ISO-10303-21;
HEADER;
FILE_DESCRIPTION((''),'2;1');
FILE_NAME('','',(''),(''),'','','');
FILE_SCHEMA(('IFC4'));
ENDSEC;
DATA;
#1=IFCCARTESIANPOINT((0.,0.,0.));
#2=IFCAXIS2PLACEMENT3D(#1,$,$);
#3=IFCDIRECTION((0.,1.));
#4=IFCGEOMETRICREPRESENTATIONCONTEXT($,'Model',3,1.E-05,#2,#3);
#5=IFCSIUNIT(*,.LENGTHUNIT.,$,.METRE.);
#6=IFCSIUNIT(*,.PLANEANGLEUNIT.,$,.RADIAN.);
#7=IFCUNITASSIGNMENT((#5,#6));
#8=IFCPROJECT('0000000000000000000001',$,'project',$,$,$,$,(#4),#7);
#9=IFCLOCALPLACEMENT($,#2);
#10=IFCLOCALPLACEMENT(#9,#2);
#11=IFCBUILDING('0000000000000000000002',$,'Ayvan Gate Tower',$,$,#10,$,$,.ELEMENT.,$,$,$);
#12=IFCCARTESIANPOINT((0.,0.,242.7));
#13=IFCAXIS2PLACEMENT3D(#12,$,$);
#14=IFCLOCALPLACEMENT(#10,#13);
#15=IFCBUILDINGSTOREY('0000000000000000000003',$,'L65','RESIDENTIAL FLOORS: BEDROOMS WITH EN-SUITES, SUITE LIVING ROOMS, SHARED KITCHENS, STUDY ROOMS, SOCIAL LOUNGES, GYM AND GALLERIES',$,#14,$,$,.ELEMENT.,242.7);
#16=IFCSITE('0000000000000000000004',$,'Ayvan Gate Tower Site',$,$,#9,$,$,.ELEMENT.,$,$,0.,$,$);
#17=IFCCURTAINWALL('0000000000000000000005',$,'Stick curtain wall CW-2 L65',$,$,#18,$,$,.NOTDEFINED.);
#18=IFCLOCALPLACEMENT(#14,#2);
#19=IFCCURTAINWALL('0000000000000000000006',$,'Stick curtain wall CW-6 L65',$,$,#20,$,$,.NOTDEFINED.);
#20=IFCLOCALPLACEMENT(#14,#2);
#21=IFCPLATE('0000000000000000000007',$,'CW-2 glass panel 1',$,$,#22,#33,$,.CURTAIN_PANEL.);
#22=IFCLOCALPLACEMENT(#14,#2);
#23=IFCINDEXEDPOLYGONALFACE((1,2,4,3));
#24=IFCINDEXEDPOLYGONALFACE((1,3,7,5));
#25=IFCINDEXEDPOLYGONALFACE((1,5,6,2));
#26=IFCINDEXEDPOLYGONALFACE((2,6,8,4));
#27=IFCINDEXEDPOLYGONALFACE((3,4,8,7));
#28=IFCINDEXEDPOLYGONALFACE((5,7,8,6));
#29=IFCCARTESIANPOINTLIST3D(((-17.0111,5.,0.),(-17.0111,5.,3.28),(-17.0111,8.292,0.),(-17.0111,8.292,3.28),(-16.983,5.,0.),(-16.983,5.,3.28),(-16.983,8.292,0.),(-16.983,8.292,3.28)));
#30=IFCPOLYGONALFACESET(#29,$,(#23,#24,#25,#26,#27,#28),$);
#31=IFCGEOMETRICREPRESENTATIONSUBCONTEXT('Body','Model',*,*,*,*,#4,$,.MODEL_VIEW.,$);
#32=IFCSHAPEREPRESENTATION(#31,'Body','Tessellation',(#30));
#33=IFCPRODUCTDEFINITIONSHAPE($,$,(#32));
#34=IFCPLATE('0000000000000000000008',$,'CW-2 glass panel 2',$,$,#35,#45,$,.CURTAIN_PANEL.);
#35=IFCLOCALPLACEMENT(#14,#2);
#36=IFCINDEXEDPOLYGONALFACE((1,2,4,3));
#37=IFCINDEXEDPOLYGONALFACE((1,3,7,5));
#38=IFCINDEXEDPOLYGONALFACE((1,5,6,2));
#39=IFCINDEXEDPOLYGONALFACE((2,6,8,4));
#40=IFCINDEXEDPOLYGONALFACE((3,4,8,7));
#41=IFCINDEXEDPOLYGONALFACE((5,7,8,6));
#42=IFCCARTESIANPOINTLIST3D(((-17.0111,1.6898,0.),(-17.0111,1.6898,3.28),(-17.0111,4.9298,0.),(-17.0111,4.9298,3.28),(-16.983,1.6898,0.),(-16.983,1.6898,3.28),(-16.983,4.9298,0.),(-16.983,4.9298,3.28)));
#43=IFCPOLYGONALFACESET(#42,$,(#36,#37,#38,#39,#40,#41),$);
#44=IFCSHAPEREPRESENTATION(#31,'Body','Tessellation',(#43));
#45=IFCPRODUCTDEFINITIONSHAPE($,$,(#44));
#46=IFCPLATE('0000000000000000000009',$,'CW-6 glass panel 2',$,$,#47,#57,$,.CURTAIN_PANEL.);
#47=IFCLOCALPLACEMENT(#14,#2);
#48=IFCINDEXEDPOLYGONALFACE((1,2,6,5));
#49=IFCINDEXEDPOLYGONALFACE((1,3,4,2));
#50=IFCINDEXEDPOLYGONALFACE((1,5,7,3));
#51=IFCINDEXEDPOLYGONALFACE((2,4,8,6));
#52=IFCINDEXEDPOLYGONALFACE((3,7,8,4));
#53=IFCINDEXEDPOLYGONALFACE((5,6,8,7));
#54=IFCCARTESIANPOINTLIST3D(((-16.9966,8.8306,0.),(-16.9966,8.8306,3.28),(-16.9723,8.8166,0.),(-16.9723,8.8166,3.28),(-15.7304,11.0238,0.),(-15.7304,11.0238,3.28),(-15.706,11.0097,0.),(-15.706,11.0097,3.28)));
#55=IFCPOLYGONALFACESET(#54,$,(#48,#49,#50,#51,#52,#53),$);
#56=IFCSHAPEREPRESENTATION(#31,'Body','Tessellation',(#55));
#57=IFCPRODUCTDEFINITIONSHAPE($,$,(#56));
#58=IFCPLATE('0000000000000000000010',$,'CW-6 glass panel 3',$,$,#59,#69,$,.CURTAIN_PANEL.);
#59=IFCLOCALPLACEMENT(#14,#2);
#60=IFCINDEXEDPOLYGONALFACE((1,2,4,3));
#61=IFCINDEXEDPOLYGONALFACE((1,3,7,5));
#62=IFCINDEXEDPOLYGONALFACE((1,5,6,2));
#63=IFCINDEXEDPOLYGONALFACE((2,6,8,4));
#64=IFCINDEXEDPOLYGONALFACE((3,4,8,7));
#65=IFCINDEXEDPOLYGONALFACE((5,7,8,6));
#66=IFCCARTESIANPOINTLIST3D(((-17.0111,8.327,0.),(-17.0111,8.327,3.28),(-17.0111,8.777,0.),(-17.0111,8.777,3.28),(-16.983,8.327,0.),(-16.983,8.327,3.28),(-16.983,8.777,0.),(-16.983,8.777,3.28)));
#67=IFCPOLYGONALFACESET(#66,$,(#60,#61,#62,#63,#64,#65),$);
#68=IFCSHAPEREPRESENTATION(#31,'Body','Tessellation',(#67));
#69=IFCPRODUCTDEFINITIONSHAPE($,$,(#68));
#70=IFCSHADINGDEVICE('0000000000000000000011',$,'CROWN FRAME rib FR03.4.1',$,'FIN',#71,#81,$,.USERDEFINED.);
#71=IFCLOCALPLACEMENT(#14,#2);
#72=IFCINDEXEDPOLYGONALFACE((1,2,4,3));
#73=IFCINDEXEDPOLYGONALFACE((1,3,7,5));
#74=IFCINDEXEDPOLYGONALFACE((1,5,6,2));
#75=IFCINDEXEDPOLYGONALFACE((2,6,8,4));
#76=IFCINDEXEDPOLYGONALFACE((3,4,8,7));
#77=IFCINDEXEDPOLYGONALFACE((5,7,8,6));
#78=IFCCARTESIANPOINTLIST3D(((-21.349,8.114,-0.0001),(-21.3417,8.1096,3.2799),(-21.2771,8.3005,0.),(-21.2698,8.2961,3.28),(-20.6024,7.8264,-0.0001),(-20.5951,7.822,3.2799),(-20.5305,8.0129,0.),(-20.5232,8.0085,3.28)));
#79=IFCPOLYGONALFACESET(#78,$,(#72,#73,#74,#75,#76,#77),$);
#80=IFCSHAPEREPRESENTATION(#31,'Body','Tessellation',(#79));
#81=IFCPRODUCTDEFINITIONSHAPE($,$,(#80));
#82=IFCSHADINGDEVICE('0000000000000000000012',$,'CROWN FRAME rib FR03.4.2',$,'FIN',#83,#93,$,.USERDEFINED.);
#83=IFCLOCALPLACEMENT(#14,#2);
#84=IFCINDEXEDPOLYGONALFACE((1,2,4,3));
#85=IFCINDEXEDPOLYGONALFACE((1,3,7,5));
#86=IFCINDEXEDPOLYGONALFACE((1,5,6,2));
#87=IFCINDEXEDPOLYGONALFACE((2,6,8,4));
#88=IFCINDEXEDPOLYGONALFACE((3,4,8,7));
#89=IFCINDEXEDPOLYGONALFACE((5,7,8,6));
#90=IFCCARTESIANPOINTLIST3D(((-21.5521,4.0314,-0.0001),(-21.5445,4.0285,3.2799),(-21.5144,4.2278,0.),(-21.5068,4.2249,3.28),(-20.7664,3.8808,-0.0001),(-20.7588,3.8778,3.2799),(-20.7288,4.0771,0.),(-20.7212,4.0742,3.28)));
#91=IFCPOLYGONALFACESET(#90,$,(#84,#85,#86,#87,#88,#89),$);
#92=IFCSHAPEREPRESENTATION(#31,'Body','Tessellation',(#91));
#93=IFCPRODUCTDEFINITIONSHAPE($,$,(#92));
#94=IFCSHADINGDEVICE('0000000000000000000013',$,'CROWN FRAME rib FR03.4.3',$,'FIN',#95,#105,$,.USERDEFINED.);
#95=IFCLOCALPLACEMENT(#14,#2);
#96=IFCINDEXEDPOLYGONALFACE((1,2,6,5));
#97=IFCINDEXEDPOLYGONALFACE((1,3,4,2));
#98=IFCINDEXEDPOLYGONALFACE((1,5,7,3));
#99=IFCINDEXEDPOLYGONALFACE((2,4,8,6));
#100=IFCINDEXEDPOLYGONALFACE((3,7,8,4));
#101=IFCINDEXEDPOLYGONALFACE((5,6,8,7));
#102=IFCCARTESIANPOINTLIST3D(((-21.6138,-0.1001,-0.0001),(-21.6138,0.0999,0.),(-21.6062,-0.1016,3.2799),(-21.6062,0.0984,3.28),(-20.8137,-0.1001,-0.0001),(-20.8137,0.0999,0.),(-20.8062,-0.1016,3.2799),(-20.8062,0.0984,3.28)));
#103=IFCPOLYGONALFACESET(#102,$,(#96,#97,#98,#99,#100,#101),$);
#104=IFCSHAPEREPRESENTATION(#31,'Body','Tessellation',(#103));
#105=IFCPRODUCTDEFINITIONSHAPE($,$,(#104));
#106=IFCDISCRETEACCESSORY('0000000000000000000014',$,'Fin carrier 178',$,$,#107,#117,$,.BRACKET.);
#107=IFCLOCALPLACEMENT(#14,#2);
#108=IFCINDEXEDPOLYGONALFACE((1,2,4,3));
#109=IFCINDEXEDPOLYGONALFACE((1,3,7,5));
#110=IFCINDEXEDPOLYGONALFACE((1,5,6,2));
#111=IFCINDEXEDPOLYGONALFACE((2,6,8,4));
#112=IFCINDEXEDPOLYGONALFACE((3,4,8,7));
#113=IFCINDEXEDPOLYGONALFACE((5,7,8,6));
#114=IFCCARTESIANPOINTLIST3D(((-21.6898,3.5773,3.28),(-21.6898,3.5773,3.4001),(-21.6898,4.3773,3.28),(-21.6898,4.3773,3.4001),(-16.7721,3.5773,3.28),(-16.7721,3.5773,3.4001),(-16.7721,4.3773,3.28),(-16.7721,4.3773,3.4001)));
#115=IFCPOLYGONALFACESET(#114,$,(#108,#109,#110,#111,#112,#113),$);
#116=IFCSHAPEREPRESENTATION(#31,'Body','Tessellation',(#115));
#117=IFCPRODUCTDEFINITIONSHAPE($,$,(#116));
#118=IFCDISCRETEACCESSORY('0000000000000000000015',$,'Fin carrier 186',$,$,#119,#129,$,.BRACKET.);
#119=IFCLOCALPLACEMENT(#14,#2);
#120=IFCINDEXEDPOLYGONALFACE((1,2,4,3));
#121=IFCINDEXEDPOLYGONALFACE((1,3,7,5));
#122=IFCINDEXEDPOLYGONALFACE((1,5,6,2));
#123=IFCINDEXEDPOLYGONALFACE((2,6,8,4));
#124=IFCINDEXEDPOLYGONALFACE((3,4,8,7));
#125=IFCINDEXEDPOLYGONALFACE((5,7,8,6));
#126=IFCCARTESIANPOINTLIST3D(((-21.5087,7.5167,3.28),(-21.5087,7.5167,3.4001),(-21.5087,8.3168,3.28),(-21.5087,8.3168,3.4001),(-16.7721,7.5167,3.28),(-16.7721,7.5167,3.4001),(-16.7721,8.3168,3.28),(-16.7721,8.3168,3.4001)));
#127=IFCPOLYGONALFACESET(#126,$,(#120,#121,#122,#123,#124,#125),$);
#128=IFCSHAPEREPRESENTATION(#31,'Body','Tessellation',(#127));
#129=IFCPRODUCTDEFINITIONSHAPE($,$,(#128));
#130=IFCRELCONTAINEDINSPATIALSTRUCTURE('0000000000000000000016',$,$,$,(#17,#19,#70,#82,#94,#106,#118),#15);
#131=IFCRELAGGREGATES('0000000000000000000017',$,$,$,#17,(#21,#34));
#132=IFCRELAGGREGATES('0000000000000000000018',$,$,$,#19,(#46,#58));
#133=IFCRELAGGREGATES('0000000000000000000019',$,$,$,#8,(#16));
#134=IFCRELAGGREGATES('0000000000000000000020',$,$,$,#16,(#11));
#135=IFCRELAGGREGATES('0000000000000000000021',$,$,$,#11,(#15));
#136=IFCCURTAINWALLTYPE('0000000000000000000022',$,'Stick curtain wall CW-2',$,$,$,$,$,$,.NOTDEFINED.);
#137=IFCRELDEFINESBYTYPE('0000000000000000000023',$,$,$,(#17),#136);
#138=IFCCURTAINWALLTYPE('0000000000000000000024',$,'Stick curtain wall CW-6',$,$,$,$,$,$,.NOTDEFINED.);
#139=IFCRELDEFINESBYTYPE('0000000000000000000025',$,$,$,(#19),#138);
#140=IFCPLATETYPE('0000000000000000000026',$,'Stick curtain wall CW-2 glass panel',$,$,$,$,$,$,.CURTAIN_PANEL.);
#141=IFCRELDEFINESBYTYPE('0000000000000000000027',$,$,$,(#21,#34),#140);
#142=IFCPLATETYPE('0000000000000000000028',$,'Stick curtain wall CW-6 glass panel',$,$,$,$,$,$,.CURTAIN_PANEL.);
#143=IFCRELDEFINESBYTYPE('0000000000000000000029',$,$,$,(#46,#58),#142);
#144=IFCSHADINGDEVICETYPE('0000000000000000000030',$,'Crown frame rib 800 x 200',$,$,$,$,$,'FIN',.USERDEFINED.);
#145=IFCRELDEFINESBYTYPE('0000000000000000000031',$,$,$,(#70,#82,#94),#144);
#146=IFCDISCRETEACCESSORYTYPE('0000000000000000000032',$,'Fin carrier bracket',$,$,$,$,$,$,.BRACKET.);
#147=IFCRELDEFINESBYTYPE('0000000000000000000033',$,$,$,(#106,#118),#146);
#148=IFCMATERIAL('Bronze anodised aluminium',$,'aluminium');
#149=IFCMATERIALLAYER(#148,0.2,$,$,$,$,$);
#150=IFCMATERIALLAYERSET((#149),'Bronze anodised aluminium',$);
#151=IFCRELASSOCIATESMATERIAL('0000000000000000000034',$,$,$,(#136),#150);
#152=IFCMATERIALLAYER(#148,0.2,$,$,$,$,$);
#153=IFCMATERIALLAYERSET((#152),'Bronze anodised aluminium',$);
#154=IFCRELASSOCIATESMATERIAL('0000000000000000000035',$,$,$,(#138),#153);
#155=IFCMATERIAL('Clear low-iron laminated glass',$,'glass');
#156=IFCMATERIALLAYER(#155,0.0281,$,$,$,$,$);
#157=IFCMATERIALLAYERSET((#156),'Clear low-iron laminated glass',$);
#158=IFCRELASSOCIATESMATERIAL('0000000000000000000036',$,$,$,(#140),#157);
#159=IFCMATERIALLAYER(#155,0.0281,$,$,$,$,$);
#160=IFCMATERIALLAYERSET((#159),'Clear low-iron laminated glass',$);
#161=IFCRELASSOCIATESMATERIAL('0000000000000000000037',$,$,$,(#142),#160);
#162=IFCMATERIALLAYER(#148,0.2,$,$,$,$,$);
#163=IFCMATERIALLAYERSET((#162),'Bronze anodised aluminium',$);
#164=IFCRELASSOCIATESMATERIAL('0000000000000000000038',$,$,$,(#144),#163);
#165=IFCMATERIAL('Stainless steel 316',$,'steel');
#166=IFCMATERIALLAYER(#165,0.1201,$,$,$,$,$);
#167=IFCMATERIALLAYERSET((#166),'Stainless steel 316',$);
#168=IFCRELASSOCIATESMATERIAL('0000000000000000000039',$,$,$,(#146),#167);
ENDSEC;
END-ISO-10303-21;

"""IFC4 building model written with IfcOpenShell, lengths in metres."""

from ifc_helpers import new_model, si_unit, direction, frame, origin, origin_2d, place, context, subcontext, project, spatial, polyline, rectangle, outline, extrude, material, layer, layer_set, type_object, element, aggregate, save


model = new_model("IFC4")

# Units and contexts
model_context = context("Model", 3, precision=1e-05, world=origin(), true_north=direction((0.0, 1.0)))
body_context = subcontext(model_context, "Body", "Model", "MODEL_VIEW")
ifc_project = project(units=[si_unit("LENGTHUNIT", "METRE"), si_unit("PLANEANGLEUNIT", "RADIAN")], contexts=[model_context])

# Site, building, storey
site_placement = place(None, origin())
site = spatial("IfcSite", under=ifc_project, at=site_placement, Name="Ayvan Gate Tower Site", CompositionType="ELEMENT", RefElevation=0.0)
building_placement = place(site_placement, origin())
building = spatial("IfcBuilding", under=site, at=building_placement, Name="Ayvan Gate Tower", CompositionType="ELEMENT")
storey_placement = place(building_placement, frame((0.0, 0.0, 242.7)))
storey = spatial("IfcBuildingStorey", under=building, at=storey_placement, Name="L65", Description="RESIDENTIAL FLOORS: BEDROOMS WITH EN-SUITES, SUITE LIVING ROOMS, SHARED KITCHENS, STUDY ROOMS, SOCIAL LOUNGES, GYM AND GALLERIES", CompositionType="ELEMENT", Elevation=242.7)

# Curtain walls
ifc_material_1 = material(Name="Bronze anodised aluminium", Category="aluminium")
ifc_layer_1 = layer(ifc_material_1, 0.2)
ifc_layer_set_1 = layer_set([ifc_layer_1], Name="Bronze anodised aluminium")
curtain_wall_type_1 = type_object("IfcCurtainWallType", Name="Stick curtain wall CW-2", PredefinedType="NOTDEFINED", material=ifc_layer_set_1)
curtain_wall_1_placement = place(storey_placement, origin())
curtain_wall_1 = element("IfcCurtainWall", 1, at=curtain_wall_1_placement, inside=storey, type_object=curtain_wall_type_1, Name="Stick curtain wall CW-2 L65", PredefinedType="NOTDEFINED")
ifc_layer_2 = layer(ifc_material_1, 0.2)
ifc_layer_set_2 = layer_set([ifc_layer_2], Name="Bronze anodised aluminium")
curtain_wall_type_2 = type_object("IfcCurtainWallType", Name="Stick curtain wall CW-6", PredefinedType="NOTDEFINED", material=ifc_layer_set_2)
curtain_wall_2_placement = place(storey_placement, origin())
curtain_wall_2 = element("IfcCurtainWall", 2, at=curtain_wall_2_placement, inside=storey, type_object=curtain_wall_type_2, Name="Stick curtain wall CW-6 L65", PredefinedType="NOTDEFINED")

# Plates
ifc_material_2 = material(Name="Clear low-iron laminated glass", Category="glass")
ifc_layer_3 = layer(ifc_material_2, 0.0281)
ifc_layer_set_3 = layer_set([ifc_layer_3], Name="Clear low-iron laminated glass")
plate_type_1 = type_object("IfcPlateType", Name="Stick curtain wall CW-2 glass panel", PredefinedType="CURTAIN_PANEL", material=ifc_layer_set_3)
plate_1_placement = place(storey_placement, frame((-16.9971, 6.646, 0.0), z_axis=(0.0, 0.0, 1.0), x_axis=(0.0, -1.0, 0.0)))
plate_1 = element("IfcPlate", 3, at=plate_1_placement, type_object=plate_type_1, Name="CW-2 glass panel 1", PredefinedType="CURTAIN_PANEL", context=body_context, shape_type="SweptSolid", body=[
    extrude(rectangle(XDim=3.292, YDim=0.0281, at=origin_2d()), origin(), (0.0, 0.0, 1.0), 3.28),
])
plate_2_placement = place(storey_placement, frame((-16.9971, 3.3098, 0.0), z_axis=(0.0, 0.0, 1.0), x_axis=(0.0, -1.0, 0.0)))
plate_2 = element("IfcPlate", 4, at=plate_2_placement, type_object=plate_type_1, Name="CW-2 glass panel 2", PredefinedType="CURTAIN_PANEL", context=body_context, shape_type="SweptSolid", body=[
    extrude(rectangle(XDim=3.24, YDim=0.0281, at=origin_2d()), origin(), (0.0, 0.0, 1.0), 3.28),
])
aggregate(curtain_wall_1, [plate_1, plate_2])
ifc_layer_4 = layer(ifc_material_2, 0.0281)
ifc_layer_set_4 = layer_set([ifc_layer_4], Name="Clear low-iron laminated glass")
plate_type_2 = type_object("IfcPlateType", Name="Stick curtain wall CW-6 glass panel", PredefinedType="CURTAIN_PANEL", material=ifc_layer_set_4)
plate_3_placement = place(storey_placement, frame((-16.3513, 9.9202, 0.0), z_axis=(0.0, 0.0, 1.0), x_axis=(-0.5, -0.866025, 0.0)))
plate_3 = element("IfcPlate", 5, at=plate_3_placement, type_object=plate_type_2, Name="CW-6 glass panel 2", PredefinedType="CURTAIN_PANEL", context=body_context, shape_type="SweptSolid", body=[
    extrude(rectangle(XDim=2.5325, YDim=0.0281, at=origin_2d()), origin(), (0.0, 0.0, 1.0), 3.28),
])
plate_4_placement = place(storey_placement, frame((-16.9971, 8.552, 0.0), z_axis=(0.0, 0.0, 1.0), x_axis=(0.0, -1.0, 0.0)))
plate_4 = element("IfcPlate", 6, at=plate_4_placement, type_object=plate_type_2, Name="CW-6 glass panel 3", PredefinedType="CURTAIN_PANEL", context=body_context, shape_type="SweptSolid", body=[
    extrude(rectangle(XDim=0.45, YDim=0.0281, at=origin_2d()), origin(), (0.0, 0.0, 1.0), 3.28),
])
aggregate(curtain_wall_2, [plate_3, plate_4])

# Shading devices
ifc_layer_5 = layer(ifc_material_1, 0.2)
ifc_layer_set_5 = layer_set([ifc_layer_5], Name="Bronze anodised aluminium")
shading_device_type = type_object("IfcShadingDeviceType", Name="Crown frame rib 800 x 200", ElementType="FIN", PredefinedType="USERDEFINED", material=ifc_layer_set_5)
shading_device_1_placement = place(storey_placement, frame((-20.5305, 8.0129, 0.0), z_axis=(0.35947, 0.933157, 0.000448), x_axis=(-0.933157, 0.35947, 0.0)))
element("IfcShadingDevice", 7, at=shading_device_1_placement, inside=storey, type_object=shading_device_type, Name="CROWN FRAME rib FR03.4.1", ObjectType="FIN", PredefinedType="USERDEFINED", context=body_context, shape_type="SweptSolid", body=[
    extrude(outline(polyline([(0.0, 0.0), (0.8001, 0.0), (0.7916, 3.28), (-0.0084, 3.28), (0.0, 0.0)])), origin(), (0.0, 0.0, -1.0), 0.2),
])
shading_device_2_placement = place(storey_placement, frame((-20.7288, 4.0771, 0.0), z_axis=(0.188304, 0.982111, 0.000443), x_axis=(-0.982111, 0.188304, 0.0)))
element("IfcShadingDevice", 8, at=shading_device_2_placement, inside=storey, type_object=shading_device_type, Name="CROWN FRAME rib FR03.4.2", ObjectType="FIN", PredefinedType="USERDEFINED", context=body_context, shape_type="SweptSolid", body=[
    extrude(outline(polyline([(0.0, 0.0), (0.8, 0.0), (0.792, 3.28), (-0.008, 3.28), (0.0, 0.0)])), origin(), (0.0, 0.0, -1.0), 0.2),
])
shading_device_3_placement = place(storey_placement, frame((-20.8137, 0.0999, 0.0), z_axis=(0.0, 1.0, 0.000447), x_axis=(-1.0, 0.0, 0.0)))
element("IfcShadingDevice", 9, at=shading_device_3_placement, inside=storey, type_object=shading_device_type, Name="CROWN FRAME rib FR03.4.3", ObjectType="FIN", PredefinedType="USERDEFINED", context=body_context, shape_type="SweptSolid", body=[
    extrude(outline(polyline([(0.0, 0.0), (0.8, 0.0), (0.7925, 3.28), (-0.0076, 3.28), (0.0, 0.0)])), origin(), (0.0, 0.0, -1.0), 0.2),
])

# Discrete accessories
ifc_material_3 = material(Name="Stainless steel 316", Category="steel")
ifc_layer_6 = layer(ifc_material_3, 0.1201)
ifc_layer_set_6 = layer_set([ifc_layer_6], Name="Stainless steel 316")
discrete_accessory_type = type_object("IfcDiscreteAccessoryType", Name="Fin carrier bracket", PredefinedType="BRACKET", material=ifc_layer_set_6)
discrete_accessory_1_placement = place(storey_placement, frame((-19.231, 3.9773, 3.28), z_axis=(0.0, 0.0, 1.0), x_axis=(0.0, -1.0, 0.0)))
element("IfcDiscreteAccessory", 10, at=discrete_accessory_1_placement, inside=storey, type_object=discrete_accessory_type, Name="Fin carrier 178", PredefinedType="BRACKET", context=body_context, shape_type="SweptSolid", body=[
    extrude(rectangle(XDim=0.8, YDim=4.9177, at=origin_2d()), origin(), (0.0, 0.0, 1.0), 0.1201),
])
discrete_accessory_2_placement = place(storey_placement, frame((-19.1404, 7.9167, 3.28), z_axis=(0.0, 0.0, 1.0), x_axis=(0.0, -1.0, 0.0)))
element("IfcDiscreteAccessory", 11, at=discrete_accessory_2_placement, inside=storey, type_object=discrete_accessory_type, Name="Fin carrier 186", PredefinedType="BRACKET", context=body_context, shape_type="SweptSolid", body=[
    extrude(rectangle(XDim=0.8, YDim=4.7366, at=origin_2d()), origin(), (0.0, 0.0, 1.0), 0.1201),
])

save(model, "model.ifc")
